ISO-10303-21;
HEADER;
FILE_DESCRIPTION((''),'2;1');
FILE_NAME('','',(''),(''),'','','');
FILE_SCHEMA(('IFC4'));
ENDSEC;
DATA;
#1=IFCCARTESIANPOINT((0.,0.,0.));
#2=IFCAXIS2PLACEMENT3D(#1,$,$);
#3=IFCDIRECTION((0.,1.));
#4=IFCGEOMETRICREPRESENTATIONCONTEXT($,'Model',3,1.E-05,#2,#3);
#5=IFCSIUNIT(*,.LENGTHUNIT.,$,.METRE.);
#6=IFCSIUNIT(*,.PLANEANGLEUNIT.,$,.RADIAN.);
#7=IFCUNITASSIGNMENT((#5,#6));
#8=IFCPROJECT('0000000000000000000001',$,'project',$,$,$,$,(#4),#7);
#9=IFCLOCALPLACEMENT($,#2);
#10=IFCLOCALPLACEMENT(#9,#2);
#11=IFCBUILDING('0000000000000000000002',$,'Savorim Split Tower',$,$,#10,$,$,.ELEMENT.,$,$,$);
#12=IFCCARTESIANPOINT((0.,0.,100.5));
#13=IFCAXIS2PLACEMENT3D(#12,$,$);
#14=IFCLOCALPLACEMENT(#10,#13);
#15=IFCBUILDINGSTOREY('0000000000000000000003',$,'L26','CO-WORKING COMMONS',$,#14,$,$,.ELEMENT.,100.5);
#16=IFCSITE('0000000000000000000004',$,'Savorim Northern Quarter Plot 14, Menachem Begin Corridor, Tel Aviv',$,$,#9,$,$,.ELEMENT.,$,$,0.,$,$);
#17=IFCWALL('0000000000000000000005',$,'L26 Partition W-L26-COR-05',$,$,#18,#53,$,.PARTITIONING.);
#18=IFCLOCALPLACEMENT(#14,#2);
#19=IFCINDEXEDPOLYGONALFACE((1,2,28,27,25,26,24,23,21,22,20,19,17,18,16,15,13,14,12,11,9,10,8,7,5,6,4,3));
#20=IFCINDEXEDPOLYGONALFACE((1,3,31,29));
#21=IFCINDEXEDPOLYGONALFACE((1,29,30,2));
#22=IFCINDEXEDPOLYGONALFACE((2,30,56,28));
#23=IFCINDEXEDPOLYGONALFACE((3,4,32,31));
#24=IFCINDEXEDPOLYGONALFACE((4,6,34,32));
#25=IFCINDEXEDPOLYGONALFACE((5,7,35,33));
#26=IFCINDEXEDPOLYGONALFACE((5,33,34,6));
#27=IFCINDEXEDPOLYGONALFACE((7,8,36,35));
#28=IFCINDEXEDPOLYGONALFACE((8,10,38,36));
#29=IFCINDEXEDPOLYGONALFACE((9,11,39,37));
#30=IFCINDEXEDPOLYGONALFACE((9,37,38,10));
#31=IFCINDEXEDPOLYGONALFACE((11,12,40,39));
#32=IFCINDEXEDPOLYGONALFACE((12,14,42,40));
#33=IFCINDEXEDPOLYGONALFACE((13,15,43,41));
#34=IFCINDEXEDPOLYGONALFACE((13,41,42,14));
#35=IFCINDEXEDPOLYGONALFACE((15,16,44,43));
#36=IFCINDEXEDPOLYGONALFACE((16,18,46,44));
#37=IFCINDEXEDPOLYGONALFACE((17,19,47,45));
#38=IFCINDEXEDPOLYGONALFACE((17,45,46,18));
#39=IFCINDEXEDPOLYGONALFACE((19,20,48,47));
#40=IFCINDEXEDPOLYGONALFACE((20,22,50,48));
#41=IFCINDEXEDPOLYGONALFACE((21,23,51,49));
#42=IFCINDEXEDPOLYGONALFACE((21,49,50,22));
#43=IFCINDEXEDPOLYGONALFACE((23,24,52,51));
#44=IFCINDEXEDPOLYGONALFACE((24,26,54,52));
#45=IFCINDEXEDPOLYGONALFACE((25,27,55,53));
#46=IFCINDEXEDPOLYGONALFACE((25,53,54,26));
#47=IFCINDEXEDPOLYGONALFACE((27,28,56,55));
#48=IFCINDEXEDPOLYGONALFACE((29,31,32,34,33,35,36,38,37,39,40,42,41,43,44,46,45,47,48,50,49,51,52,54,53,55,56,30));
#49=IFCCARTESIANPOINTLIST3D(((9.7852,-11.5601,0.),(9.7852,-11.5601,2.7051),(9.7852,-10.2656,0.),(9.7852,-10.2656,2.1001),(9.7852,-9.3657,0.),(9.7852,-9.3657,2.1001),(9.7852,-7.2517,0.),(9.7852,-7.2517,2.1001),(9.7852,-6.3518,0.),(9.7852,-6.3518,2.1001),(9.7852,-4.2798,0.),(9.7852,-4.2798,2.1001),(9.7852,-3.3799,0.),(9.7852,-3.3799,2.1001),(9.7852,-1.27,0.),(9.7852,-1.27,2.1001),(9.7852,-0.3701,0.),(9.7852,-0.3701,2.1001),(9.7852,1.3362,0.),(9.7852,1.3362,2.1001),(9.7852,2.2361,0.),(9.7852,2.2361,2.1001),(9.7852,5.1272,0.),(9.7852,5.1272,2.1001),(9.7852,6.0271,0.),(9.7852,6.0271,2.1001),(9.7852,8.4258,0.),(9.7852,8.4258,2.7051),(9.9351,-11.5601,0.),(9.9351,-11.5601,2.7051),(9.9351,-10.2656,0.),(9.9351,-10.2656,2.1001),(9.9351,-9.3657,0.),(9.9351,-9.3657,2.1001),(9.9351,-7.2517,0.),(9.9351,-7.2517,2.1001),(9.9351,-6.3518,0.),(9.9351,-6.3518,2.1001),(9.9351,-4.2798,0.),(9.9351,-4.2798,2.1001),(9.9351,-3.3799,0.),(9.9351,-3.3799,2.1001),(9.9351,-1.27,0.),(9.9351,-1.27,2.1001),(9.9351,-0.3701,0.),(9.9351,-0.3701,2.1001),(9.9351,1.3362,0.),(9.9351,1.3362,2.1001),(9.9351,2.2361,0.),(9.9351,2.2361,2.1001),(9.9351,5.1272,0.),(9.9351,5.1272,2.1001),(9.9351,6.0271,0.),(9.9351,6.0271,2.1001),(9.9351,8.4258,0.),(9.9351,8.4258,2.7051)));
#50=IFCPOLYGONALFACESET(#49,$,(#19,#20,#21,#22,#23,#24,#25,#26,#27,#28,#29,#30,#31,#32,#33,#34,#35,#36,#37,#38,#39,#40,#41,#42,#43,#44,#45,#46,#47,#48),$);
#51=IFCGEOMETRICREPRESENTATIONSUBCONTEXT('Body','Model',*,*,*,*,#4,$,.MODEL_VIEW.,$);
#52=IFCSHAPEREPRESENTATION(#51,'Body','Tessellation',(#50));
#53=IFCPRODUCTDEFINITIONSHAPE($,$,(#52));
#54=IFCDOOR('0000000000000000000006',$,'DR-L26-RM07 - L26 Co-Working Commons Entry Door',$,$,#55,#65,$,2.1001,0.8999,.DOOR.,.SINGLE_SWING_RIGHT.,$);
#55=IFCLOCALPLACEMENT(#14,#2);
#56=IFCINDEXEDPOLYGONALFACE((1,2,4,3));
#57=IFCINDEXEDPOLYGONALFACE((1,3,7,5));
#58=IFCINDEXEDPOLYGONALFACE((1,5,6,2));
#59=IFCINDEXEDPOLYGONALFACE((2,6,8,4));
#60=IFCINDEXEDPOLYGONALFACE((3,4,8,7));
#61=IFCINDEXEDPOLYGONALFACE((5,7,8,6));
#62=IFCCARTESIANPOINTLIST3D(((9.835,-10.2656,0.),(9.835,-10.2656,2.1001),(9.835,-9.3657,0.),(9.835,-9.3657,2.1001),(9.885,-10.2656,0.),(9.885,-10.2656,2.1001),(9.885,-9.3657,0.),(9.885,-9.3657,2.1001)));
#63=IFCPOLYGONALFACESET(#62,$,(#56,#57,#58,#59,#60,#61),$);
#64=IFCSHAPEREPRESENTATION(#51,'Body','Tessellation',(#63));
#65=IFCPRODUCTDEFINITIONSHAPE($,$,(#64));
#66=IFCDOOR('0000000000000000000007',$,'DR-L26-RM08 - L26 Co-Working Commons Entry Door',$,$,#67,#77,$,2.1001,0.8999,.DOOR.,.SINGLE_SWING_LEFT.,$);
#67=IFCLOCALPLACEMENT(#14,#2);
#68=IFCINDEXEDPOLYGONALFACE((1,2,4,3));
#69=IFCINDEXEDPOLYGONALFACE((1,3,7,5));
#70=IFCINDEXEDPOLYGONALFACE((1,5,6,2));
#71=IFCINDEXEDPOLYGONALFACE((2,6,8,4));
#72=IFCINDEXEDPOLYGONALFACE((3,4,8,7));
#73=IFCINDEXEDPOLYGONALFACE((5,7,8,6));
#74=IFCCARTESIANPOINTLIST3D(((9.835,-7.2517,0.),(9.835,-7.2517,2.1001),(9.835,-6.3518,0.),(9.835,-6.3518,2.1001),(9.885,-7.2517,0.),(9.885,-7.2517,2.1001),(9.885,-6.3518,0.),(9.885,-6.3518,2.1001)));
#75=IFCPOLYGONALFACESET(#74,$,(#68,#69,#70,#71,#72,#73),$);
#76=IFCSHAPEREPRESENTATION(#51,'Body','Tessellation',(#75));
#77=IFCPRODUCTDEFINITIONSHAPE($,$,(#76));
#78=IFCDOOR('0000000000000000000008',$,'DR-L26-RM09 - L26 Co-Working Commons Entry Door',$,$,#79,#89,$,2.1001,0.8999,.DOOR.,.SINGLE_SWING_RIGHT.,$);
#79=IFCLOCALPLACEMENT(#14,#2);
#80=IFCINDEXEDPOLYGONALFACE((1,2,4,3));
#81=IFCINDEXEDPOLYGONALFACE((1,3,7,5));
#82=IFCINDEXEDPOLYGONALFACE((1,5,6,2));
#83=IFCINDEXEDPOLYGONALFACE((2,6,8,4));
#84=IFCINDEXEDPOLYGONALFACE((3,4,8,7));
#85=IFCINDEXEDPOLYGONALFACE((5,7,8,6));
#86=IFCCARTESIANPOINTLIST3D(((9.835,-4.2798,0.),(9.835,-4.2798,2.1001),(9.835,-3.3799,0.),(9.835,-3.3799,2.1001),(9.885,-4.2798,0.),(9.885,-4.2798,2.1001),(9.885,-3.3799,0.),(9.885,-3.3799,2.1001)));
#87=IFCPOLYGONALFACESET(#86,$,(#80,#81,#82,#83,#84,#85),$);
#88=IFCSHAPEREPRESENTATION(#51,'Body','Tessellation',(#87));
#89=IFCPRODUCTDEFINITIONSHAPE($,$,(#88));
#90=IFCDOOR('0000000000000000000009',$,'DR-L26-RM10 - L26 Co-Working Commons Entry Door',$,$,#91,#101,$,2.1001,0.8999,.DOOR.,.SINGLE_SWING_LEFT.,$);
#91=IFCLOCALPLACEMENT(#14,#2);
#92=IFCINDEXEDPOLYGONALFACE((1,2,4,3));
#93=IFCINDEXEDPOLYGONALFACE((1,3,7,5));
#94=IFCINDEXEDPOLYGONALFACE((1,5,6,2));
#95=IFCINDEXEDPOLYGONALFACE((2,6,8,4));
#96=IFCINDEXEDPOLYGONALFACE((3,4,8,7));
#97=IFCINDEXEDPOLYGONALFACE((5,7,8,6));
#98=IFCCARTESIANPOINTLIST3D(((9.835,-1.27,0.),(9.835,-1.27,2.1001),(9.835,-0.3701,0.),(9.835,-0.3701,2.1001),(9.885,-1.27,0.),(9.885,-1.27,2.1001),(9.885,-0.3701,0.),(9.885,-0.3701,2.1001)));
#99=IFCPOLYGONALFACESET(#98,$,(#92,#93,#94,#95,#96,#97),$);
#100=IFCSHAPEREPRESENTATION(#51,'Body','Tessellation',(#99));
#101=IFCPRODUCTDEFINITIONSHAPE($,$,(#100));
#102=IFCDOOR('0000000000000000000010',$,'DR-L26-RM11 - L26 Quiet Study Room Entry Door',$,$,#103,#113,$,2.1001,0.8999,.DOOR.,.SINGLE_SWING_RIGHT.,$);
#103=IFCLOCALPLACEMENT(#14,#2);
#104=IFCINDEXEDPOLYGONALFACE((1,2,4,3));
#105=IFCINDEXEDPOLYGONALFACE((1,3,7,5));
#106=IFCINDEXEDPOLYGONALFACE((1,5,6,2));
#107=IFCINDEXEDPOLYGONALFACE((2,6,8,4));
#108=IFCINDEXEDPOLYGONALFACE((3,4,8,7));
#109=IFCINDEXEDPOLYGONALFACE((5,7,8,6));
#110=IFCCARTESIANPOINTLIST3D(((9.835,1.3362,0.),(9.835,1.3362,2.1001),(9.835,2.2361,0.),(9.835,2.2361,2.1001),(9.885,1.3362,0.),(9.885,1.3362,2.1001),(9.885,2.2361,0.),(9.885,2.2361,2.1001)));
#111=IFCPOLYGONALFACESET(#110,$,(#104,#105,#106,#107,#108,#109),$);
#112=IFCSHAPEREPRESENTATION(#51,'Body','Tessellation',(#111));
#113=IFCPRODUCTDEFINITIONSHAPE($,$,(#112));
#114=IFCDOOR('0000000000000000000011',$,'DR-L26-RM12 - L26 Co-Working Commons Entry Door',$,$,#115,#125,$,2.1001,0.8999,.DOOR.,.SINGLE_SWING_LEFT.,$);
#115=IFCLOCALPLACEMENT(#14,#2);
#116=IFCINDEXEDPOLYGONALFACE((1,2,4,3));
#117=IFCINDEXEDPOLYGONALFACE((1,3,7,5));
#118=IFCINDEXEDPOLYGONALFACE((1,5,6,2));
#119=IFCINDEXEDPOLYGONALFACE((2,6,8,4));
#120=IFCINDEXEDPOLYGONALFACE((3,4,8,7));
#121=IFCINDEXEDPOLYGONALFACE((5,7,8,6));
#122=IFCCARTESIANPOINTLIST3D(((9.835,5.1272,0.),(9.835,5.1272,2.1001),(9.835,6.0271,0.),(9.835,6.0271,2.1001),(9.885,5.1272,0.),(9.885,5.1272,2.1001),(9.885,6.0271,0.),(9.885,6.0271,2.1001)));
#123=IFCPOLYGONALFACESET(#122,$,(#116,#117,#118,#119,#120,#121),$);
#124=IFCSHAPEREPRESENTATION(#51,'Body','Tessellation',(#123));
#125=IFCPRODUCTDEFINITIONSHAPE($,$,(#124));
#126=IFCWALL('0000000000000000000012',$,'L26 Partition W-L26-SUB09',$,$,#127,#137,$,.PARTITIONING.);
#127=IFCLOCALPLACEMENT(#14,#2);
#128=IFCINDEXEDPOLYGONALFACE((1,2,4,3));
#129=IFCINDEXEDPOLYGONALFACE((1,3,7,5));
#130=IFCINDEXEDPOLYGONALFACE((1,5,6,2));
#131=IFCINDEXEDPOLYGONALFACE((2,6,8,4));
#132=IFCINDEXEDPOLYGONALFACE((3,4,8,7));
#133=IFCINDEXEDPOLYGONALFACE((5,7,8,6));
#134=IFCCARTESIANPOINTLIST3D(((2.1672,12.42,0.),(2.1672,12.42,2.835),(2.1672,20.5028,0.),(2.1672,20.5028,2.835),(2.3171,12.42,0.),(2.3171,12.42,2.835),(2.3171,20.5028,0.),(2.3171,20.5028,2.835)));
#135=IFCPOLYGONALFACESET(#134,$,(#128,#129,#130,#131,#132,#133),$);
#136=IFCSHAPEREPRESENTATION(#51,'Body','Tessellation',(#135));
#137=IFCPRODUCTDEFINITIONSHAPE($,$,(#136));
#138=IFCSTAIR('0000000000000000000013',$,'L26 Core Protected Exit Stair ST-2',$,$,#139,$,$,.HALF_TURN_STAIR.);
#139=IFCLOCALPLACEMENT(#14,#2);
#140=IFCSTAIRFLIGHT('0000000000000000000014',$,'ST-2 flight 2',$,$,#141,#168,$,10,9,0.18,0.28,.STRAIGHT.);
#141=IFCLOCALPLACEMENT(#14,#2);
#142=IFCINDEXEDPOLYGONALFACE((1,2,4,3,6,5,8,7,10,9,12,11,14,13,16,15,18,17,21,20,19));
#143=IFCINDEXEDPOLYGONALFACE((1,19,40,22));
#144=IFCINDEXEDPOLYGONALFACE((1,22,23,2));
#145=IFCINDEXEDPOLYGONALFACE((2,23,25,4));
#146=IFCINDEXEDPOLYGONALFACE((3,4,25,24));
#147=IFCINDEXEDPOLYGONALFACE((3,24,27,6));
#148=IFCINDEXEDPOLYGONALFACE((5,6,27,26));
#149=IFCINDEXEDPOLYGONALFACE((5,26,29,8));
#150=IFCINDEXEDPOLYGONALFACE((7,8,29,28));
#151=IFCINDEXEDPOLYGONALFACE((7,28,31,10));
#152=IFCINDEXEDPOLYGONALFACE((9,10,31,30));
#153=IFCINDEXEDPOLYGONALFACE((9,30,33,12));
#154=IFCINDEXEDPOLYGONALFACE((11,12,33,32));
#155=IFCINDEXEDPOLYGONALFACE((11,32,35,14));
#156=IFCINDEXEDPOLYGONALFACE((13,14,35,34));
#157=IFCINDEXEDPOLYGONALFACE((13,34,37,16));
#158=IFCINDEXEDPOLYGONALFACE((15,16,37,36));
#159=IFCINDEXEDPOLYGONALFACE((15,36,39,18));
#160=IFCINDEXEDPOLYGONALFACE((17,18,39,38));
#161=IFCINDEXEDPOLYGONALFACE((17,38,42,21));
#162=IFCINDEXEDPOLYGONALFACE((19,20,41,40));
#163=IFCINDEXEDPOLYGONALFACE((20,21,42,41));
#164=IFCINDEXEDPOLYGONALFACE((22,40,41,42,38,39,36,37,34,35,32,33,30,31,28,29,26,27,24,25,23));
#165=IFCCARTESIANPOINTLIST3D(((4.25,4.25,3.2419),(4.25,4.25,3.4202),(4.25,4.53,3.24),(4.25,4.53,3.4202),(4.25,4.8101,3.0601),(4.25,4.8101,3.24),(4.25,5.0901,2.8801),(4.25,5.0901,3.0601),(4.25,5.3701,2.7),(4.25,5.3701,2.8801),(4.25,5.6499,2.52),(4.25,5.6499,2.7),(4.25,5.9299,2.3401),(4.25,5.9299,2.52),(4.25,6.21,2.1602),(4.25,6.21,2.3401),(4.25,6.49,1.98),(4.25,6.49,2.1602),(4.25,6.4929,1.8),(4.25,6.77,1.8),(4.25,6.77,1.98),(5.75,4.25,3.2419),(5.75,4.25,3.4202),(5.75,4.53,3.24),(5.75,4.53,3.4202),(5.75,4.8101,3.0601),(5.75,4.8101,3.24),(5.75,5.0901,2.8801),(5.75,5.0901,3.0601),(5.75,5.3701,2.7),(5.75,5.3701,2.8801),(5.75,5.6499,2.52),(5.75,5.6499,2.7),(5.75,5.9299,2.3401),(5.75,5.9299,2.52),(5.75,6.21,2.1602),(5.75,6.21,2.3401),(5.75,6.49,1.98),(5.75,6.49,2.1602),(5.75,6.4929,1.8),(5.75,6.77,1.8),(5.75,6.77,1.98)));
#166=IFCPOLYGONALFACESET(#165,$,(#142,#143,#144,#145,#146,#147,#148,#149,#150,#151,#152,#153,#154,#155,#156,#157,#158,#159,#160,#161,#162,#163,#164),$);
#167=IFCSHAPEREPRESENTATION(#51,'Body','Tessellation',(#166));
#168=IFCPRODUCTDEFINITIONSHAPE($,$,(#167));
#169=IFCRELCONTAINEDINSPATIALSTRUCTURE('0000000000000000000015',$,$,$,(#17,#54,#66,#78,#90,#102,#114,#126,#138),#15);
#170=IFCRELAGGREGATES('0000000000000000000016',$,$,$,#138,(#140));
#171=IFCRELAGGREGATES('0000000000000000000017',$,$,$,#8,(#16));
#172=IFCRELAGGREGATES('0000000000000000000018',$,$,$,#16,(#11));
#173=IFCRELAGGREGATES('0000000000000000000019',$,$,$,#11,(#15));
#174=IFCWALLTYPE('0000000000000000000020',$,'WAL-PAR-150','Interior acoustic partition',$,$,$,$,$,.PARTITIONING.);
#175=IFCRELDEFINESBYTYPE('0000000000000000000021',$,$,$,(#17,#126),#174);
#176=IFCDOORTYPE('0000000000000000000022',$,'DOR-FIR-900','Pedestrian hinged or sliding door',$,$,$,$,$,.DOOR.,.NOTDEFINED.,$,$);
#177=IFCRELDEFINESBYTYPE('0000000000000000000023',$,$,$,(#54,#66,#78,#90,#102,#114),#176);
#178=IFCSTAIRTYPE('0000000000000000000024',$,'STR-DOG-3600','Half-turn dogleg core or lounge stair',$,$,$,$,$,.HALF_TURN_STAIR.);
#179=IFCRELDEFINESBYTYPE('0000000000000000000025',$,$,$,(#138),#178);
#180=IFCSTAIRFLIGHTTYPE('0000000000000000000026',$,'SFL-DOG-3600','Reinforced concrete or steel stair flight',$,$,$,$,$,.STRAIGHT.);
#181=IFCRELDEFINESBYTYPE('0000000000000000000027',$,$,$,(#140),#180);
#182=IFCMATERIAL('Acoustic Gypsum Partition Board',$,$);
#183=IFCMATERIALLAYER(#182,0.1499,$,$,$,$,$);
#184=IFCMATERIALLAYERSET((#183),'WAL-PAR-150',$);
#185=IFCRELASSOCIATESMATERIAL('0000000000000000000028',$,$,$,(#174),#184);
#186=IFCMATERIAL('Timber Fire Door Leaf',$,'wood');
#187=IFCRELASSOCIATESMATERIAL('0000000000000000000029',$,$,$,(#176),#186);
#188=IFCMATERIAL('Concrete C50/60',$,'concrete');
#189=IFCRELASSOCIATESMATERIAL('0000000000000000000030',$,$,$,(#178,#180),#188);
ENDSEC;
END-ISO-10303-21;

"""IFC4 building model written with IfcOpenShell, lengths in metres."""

from ifc_helpers import new_model, si_unit, direction, frame, frame_2d, origin, place, context, subcontext, project, spatial, polyline, rectangle, outline, extrude, material, layer, layer_set, type_object, element, fill, aggregate, save


model = new_model("IFC4")

# Units and contexts
model_context = context("Model", 3, precision=1e-05, world=origin(), true_north=direction((0.0, 1.0)))
body_context = subcontext(model_context, "Body", "Model", "MODEL_VIEW")
ifc_project = project(units=[si_unit("LENGTHUNIT", "METRE"), si_unit("PLANEANGLEUNIT", "RADIAN")], contexts=[model_context])

# Site, building, storey
site_placement = place(None, origin())
site = spatial("IfcSite", under=ifc_project, at=site_placement, Name="Savorim Northern Quarter Plot 14, Menachem Begin Corridor, Tel Aviv", CompositionType="ELEMENT", RefElevation=0.0)
building_placement = place(site_placement, origin())
building = spatial("IfcBuilding", under=site, at=building_placement, Name="Savorim Split Tower", CompositionType="ELEMENT")
storey_placement = place(building_placement, frame((0.0, 0.0, 100.5)))
storey = spatial("IfcBuildingStorey", under=building, at=storey_placement, Name="L26", Description="CO-WORKING COMMONS", CompositionType="ELEMENT", Elevation=100.5)

# Shared definitions
ifc_material_1 = material(Name="Timber Fire Door Leaf", Category="wood")

# Shared definitions
ifc_material_2 = material(Name="Acoustic Gypsum Partition Board")
ifc_layer_1 = layer(ifc_material_2, 0.1499)
ifc_layer_set_1 = layer_set([ifc_layer_1], Name="WAL-PAR-150")
wall_type_1 = type_object("IfcWallType", Name="WAL-PAR-150", Description="Interior acoustic partition", PredefinedType="PARTITIONING", material=ifc_layer_set_1)

# Wall, openings, doors
wall_1_placement = place(storey_placement, frame((9.8601, 8.4258, 0.0), z_axis=(0.0, 0.0, 1.0), x_axis=(0.0, -1.0, 0.0)))
wall_1 = element("IfcWall", 1, at=wall_1_placement, inside=storey, type_object=wall_type_1, Name="L26 Partition W-L26-COR-05", PredefinedType="PARTITIONING", context=body_context, shape_type="SweptSolid", body=[
    extrude(rectangle(XDim=19.9858, YDim=0.1499, at=frame_2d((9.9929, 0.0))), origin(), (0.0, 0.0, 1.0), 2.7051),
])
opening_1_placement = place(wall_1_placement, frame((17.7915, 0.0, 0.0)))
opening_1 = element("IfcOpeningElement", 2, at=opening_1_placement, cuts=wall_1, PredefinedType="OPENING", context=body_context, shape_type="SweptSolid", body=[
    extrude(rectangle(XDim=0.8999, YDim=2.1001, at=frame_2d((0.45, 1.05))), frame((0.0, 0.085, 0.0), z_axis=(0.0, -1.0, 0.0), x_axis=(1.0, 0.0, 0.0)), (0.0, 0.0, 1.0), 0.1699),
])
opening_2_placement = place(wall_1_placement, frame((14.7776, 0.0, 0.0)))
opening_2 = element("IfcOpeningElement", 3, at=opening_2_placement, cuts=wall_1, PredefinedType="OPENING", context=body_context, shape_type="SweptSolid", body=[
    extrude(rectangle(XDim=0.8999, YDim=2.1001, at=frame_2d((0.45, 1.05))), frame((0.0, 0.085, 0.0), z_axis=(0.0, -1.0, 0.0), x_axis=(1.0, 0.0, 0.0)), (0.0, 0.0, 1.0), 0.1699),
])
opening_3_placement = place(wall_1_placement, frame((11.8057, 0.0, 0.0)))
opening_3 = element("IfcOpeningElement", 4, at=opening_3_placement, cuts=wall_1, PredefinedType="OPENING", context=body_context, shape_type="SweptSolid", body=[
    extrude(rectangle(XDim=0.8999, YDim=2.1001, at=frame_2d((0.45, 1.05))), frame((0.0, 0.085, 0.0), z_axis=(0.0, -1.0, 0.0), x_axis=(1.0, 0.0, 0.0)), (0.0, 0.0, 1.0), 0.1699),
])
opening_4_placement = place(wall_1_placement, frame((8.7959, 0.0, 0.0)))
opening_4 = element("IfcOpeningElement", 5, at=opening_4_placement, cuts=wall_1, PredefinedType="OPENING", context=body_context, shape_type="SweptSolid", body=[
    extrude(rectangle(XDim=0.8999, YDim=2.1001, at=frame_2d((0.45, 1.05))), frame((0.0, 0.085, 0.0), z_axis=(0.0, -1.0, 0.0), x_axis=(1.0, 0.0, 0.0)), (0.0, 0.0, 1.0), 0.1699),
])
opening_5_placement = place(wall_1_placement, frame((6.1897, 0.0, 0.0)))
opening_5 = element("IfcOpeningElement", 6, at=opening_5_placement, cuts=wall_1, PredefinedType="OPENING", context=body_context, shape_type="SweptSolid", body=[
    extrude(rectangle(XDim=0.8999, YDim=2.1001, at=frame_2d((0.45, 1.05))), frame((0.0, 0.085, 0.0), z_axis=(0.0, -1.0, 0.0), x_axis=(1.0, 0.0, 0.0)), (0.0, 0.0, 1.0), 0.1699),
])
opening_6_placement = place(wall_1_placement, frame((2.3987, 0.0, 0.0)))
opening_6 = element("IfcOpeningElement", 7, at=opening_6_placement, cuts=wall_1, PredefinedType="OPENING", context=body_context, shape_type="SweptSolid", body=[
    extrude(rectangle(XDim=0.8999, YDim=2.1001, at=frame_2d((0.45, 1.05))), frame((0.0, 0.085, 0.0), z_axis=(0.0, -1.0, 0.0), x_axis=(1.0, 0.0, 0.0)), (0.0, 0.0, 1.0), 0.1699),
])
door_type_1 = type_object("IfcDoorType", Name="DOR-FIR-900", Description="Pedestrian hinged or sliding door", OperationType="NOTDEFINED", PredefinedType="DOOR", material=ifc_material_1)
door_1_placement = place(opening_1_placement, origin())
door_1 = element("IfcDoor", 8, at=door_1_placement, inside=storey, type_object=door_type_1, Name="DR-L26-RM07 - L26 Co-Working Commons Entry Door", OperationType="SINGLE_SWING_RIGHT", OverallHeight=2.1001, OverallWidth=0.8999, PredefinedType="DOOR", context=body_context, shape_type="SweptSolid", body=[
    extrude(rectangle(XDim=0.8999, YDim=2.1001, at=frame_2d((0.45, 1.05))), frame((0.0, 0.0249, 0.0), z_axis=(0.0, -1.0, 0.0), x_axis=(1.0, 0.0, 0.0)), (0.0, 0.0, 1.0), 0.05),
])
fill(opening_1, door_1)
door_2_placement = place(opening_2_placement, origin())
door_2 = element("IfcDoor", 9, at=door_2_placement, inside=storey, type_object=door_type_1, Name="DR-L26-RM08 - L26 Co-Working Commons Entry Door", OperationType="SINGLE_SWING_LEFT", OverallHeight=2.1001, OverallWidth=0.8999, PredefinedType="DOOR", context=body_context, shape_type="SweptSolid", body=[
    extrude(rectangle(XDim=0.8999, YDim=2.1001, at=frame_2d((0.45, 1.05))), frame((0.0, 0.0249, 0.0), z_axis=(0.0, -1.0, 0.0), x_axis=(1.0, 0.0, 0.0)), (0.0, 0.0, 1.0), 0.05),
])
fill(opening_2, door_2)
door_3_placement = place(opening_3_placement, origin())
door_3 = element("IfcDoor", 10, at=door_3_placement, inside=storey, type_object=door_type_1, Name="DR-L26-RM09 - L26 Co-Working Commons Entry Door", OperationType="SINGLE_SWING_RIGHT", OverallHeight=2.1001, OverallWidth=0.8999, PredefinedType="DOOR", context=body_context, shape_type="SweptSolid", body=[
    extrude(rectangle(XDim=0.8999, YDim=2.1001, at=frame_2d((0.45, 1.05))), frame((0.0, 0.0249, 0.0), z_axis=(0.0, -1.0, 0.0), x_axis=(1.0, 0.0, 0.0)), (0.0, 0.0, 1.0), 0.05),
])
fill(opening_3, door_3)
door_4_placement = place(opening_4_placement, origin())
door_4 = element("IfcDoor", 11, at=door_4_placement, inside=storey, type_object=door_type_1, Name="DR-L26-RM10 - L26 Co-Working Commons Entry Door", OperationType="SINGLE_SWING_LEFT", OverallHeight=2.1001, OverallWidth=0.8999, PredefinedType="DOOR", context=body_context, shape_type="SweptSolid", body=[
    extrude(rectangle(XDim=0.8999, YDim=2.1001, at=frame_2d((0.45, 1.05))), frame((0.0, 0.0249, 0.0), z_axis=(0.0, -1.0, 0.0), x_axis=(1.0, 0.0, 0.0)), (0.0, 0.0, 1.0), 0.05),
])
fill(opening_4, door_4)
door_5_placement = place(opening_5_placement, origin())
door_5 = element("IfcDoor", 12, at=door_5_placement, inside=storey, type_object=door_type_1, Name="DR-L26-RM11 - L26 Quiet Study Room Entry Door", OperationType="SINGLE_SWING_RIGHT", OverallHeight=2.1001, OverallWidth=0.8999, PredefinedType="DOOR", context=body_context, shape_type="SweptSolid", body=[
    extrude(rectangle(XDim=0.8999, YDim=2.1001, at=frame_2d((0.45, 1.05))), frame((0.0, 0.0249, 0.0), z_axis=(0.0, -1.0, 0.0), x_axis=(1.0, 0.0, 0.0)), (0.0, 0.0, 1.0), 0.05),
])
fill(opening_5, door_5)
door_6_placement = place(opening_6_placement, origin())
door_6 = element("IfcDoor", 13, at=door_6_placement, inside=storey, type_object=door_type_1, Name="DR-L26-RM12 - L26 Co-Working Commons Entry Door", OperationType="SINGLE_SWING_LEFT", OverallHeight=2.1001, OverallWidth=0.8999, PredefinedType="DOOR", context=body_context, shape_type="SweptSolid", body=[
    extrude(rectangle(XDim=0.8999, YDim=2.1001, at=frame_2d((0.45, 1.05))), frame((0.0, 0.0249, 0.0), z_axis=(0.0, -1.0, 0.0), x_axis=(1.0, 0.0, 0.0)), (0.0, 0.0, 1.0), 0.05),
])
fill(opening_6, door_6)

# Wall
wall_2_placement = place(storey_placement, frame((2.2422, 12.4199, 0.0), z_axis=(0.0, 0.0, 1.0), x_axis=(0.0, 1.0, 0.0)))
element("IfcWall", 14, at=wall_2_placement, inside=storey, type_object=wall_type_1, Name="L26 Partition W-L26-SUB09", PredefinedType="PARTITIONING", context=body_context, shape_type="SweptSolid", body=[
    extrude(rectangle(XDim=8.0828, YDim=0.1499, at=frame_2d((4.0415, 0.0))), origin(), (0.0, 0.0, 1.0), 2.835),
])

# Stair, stair flight
ifc_material_3 = material(Name="Concrete C50/60", Category="concrete")
stair_type = type_object("IfcStairType", Name="STR-DOG-3600", Description="Half-turn dogleg core or lounge stair", PredefinedType="HALF_TURN_STAIR", material=ifc_material_3)
stair_placement = place(storey_placement, origin())
stair = element("IfcStair", 15, at=stair_placement, inside=storey, type_object=stair_type, Name="L26 Core Protected Exit Stair ST-2", PredefinedType="HALF_TURN_STAIR")
stair_flight_type = type_object("IfcStairFlightType", Name="SFL-DOG-3600", Description="Reinforced concrete or steel stair flight", PredefinedType="STRAIGHT", material=ifc_material_3)
stair_flight_placement = place(storey_placement, frame((5.0, 6.77, 1.8), z_axis=(0.0, 0.0, 1.0), x_axis=(0.0, -1.0, 0.0)))
stair_flight = element("IfcStairFlight", 16, at=stair_flight_placement, type_object=stair_flight_type, Name="ST-2 flight 2", NumberOfRisers=10, NumberOfTreads=9, PredefinedType="STRAIGHT", RiserHeight=0.18, TreadLength=0.28, context=body_context, shape_type="SweptSolid", body=[
    extrude(outline(polyline([(0.0, 0.0), (0.0, 0.1799), (0.28, 0.1799), (0.28, 0.3601), (0.5601, 0.3601), (0.5601, 0.54), (0.8401, 0.54), (0.8401, 0.72), (1.1201, 0.72), (1.1201, 0.8999), (1.3999, 0.8999), (1.3999, 1.0801), (1.6799, 1.0801), (1.6799, 1.26), (1.96, 1.26), (1.96, 1.4399), (2.24, 1.4399), (2.24, 1.6201), (2.52, 1.6201), (2.52, 1.8), (2.52, 1.4419), (0.2771, 0.0), (0.0, 0.0)])), frame((0.0, 0.75, 0.0), z_axis=(0.0, -1.0, 0.0), x_axis=(1.0, 0.0, 0.0)), (0.0, 0.0, 1.0), 1.5),
])
aggregate(stair, [stair_flight])

save(model, "model.ifc")
